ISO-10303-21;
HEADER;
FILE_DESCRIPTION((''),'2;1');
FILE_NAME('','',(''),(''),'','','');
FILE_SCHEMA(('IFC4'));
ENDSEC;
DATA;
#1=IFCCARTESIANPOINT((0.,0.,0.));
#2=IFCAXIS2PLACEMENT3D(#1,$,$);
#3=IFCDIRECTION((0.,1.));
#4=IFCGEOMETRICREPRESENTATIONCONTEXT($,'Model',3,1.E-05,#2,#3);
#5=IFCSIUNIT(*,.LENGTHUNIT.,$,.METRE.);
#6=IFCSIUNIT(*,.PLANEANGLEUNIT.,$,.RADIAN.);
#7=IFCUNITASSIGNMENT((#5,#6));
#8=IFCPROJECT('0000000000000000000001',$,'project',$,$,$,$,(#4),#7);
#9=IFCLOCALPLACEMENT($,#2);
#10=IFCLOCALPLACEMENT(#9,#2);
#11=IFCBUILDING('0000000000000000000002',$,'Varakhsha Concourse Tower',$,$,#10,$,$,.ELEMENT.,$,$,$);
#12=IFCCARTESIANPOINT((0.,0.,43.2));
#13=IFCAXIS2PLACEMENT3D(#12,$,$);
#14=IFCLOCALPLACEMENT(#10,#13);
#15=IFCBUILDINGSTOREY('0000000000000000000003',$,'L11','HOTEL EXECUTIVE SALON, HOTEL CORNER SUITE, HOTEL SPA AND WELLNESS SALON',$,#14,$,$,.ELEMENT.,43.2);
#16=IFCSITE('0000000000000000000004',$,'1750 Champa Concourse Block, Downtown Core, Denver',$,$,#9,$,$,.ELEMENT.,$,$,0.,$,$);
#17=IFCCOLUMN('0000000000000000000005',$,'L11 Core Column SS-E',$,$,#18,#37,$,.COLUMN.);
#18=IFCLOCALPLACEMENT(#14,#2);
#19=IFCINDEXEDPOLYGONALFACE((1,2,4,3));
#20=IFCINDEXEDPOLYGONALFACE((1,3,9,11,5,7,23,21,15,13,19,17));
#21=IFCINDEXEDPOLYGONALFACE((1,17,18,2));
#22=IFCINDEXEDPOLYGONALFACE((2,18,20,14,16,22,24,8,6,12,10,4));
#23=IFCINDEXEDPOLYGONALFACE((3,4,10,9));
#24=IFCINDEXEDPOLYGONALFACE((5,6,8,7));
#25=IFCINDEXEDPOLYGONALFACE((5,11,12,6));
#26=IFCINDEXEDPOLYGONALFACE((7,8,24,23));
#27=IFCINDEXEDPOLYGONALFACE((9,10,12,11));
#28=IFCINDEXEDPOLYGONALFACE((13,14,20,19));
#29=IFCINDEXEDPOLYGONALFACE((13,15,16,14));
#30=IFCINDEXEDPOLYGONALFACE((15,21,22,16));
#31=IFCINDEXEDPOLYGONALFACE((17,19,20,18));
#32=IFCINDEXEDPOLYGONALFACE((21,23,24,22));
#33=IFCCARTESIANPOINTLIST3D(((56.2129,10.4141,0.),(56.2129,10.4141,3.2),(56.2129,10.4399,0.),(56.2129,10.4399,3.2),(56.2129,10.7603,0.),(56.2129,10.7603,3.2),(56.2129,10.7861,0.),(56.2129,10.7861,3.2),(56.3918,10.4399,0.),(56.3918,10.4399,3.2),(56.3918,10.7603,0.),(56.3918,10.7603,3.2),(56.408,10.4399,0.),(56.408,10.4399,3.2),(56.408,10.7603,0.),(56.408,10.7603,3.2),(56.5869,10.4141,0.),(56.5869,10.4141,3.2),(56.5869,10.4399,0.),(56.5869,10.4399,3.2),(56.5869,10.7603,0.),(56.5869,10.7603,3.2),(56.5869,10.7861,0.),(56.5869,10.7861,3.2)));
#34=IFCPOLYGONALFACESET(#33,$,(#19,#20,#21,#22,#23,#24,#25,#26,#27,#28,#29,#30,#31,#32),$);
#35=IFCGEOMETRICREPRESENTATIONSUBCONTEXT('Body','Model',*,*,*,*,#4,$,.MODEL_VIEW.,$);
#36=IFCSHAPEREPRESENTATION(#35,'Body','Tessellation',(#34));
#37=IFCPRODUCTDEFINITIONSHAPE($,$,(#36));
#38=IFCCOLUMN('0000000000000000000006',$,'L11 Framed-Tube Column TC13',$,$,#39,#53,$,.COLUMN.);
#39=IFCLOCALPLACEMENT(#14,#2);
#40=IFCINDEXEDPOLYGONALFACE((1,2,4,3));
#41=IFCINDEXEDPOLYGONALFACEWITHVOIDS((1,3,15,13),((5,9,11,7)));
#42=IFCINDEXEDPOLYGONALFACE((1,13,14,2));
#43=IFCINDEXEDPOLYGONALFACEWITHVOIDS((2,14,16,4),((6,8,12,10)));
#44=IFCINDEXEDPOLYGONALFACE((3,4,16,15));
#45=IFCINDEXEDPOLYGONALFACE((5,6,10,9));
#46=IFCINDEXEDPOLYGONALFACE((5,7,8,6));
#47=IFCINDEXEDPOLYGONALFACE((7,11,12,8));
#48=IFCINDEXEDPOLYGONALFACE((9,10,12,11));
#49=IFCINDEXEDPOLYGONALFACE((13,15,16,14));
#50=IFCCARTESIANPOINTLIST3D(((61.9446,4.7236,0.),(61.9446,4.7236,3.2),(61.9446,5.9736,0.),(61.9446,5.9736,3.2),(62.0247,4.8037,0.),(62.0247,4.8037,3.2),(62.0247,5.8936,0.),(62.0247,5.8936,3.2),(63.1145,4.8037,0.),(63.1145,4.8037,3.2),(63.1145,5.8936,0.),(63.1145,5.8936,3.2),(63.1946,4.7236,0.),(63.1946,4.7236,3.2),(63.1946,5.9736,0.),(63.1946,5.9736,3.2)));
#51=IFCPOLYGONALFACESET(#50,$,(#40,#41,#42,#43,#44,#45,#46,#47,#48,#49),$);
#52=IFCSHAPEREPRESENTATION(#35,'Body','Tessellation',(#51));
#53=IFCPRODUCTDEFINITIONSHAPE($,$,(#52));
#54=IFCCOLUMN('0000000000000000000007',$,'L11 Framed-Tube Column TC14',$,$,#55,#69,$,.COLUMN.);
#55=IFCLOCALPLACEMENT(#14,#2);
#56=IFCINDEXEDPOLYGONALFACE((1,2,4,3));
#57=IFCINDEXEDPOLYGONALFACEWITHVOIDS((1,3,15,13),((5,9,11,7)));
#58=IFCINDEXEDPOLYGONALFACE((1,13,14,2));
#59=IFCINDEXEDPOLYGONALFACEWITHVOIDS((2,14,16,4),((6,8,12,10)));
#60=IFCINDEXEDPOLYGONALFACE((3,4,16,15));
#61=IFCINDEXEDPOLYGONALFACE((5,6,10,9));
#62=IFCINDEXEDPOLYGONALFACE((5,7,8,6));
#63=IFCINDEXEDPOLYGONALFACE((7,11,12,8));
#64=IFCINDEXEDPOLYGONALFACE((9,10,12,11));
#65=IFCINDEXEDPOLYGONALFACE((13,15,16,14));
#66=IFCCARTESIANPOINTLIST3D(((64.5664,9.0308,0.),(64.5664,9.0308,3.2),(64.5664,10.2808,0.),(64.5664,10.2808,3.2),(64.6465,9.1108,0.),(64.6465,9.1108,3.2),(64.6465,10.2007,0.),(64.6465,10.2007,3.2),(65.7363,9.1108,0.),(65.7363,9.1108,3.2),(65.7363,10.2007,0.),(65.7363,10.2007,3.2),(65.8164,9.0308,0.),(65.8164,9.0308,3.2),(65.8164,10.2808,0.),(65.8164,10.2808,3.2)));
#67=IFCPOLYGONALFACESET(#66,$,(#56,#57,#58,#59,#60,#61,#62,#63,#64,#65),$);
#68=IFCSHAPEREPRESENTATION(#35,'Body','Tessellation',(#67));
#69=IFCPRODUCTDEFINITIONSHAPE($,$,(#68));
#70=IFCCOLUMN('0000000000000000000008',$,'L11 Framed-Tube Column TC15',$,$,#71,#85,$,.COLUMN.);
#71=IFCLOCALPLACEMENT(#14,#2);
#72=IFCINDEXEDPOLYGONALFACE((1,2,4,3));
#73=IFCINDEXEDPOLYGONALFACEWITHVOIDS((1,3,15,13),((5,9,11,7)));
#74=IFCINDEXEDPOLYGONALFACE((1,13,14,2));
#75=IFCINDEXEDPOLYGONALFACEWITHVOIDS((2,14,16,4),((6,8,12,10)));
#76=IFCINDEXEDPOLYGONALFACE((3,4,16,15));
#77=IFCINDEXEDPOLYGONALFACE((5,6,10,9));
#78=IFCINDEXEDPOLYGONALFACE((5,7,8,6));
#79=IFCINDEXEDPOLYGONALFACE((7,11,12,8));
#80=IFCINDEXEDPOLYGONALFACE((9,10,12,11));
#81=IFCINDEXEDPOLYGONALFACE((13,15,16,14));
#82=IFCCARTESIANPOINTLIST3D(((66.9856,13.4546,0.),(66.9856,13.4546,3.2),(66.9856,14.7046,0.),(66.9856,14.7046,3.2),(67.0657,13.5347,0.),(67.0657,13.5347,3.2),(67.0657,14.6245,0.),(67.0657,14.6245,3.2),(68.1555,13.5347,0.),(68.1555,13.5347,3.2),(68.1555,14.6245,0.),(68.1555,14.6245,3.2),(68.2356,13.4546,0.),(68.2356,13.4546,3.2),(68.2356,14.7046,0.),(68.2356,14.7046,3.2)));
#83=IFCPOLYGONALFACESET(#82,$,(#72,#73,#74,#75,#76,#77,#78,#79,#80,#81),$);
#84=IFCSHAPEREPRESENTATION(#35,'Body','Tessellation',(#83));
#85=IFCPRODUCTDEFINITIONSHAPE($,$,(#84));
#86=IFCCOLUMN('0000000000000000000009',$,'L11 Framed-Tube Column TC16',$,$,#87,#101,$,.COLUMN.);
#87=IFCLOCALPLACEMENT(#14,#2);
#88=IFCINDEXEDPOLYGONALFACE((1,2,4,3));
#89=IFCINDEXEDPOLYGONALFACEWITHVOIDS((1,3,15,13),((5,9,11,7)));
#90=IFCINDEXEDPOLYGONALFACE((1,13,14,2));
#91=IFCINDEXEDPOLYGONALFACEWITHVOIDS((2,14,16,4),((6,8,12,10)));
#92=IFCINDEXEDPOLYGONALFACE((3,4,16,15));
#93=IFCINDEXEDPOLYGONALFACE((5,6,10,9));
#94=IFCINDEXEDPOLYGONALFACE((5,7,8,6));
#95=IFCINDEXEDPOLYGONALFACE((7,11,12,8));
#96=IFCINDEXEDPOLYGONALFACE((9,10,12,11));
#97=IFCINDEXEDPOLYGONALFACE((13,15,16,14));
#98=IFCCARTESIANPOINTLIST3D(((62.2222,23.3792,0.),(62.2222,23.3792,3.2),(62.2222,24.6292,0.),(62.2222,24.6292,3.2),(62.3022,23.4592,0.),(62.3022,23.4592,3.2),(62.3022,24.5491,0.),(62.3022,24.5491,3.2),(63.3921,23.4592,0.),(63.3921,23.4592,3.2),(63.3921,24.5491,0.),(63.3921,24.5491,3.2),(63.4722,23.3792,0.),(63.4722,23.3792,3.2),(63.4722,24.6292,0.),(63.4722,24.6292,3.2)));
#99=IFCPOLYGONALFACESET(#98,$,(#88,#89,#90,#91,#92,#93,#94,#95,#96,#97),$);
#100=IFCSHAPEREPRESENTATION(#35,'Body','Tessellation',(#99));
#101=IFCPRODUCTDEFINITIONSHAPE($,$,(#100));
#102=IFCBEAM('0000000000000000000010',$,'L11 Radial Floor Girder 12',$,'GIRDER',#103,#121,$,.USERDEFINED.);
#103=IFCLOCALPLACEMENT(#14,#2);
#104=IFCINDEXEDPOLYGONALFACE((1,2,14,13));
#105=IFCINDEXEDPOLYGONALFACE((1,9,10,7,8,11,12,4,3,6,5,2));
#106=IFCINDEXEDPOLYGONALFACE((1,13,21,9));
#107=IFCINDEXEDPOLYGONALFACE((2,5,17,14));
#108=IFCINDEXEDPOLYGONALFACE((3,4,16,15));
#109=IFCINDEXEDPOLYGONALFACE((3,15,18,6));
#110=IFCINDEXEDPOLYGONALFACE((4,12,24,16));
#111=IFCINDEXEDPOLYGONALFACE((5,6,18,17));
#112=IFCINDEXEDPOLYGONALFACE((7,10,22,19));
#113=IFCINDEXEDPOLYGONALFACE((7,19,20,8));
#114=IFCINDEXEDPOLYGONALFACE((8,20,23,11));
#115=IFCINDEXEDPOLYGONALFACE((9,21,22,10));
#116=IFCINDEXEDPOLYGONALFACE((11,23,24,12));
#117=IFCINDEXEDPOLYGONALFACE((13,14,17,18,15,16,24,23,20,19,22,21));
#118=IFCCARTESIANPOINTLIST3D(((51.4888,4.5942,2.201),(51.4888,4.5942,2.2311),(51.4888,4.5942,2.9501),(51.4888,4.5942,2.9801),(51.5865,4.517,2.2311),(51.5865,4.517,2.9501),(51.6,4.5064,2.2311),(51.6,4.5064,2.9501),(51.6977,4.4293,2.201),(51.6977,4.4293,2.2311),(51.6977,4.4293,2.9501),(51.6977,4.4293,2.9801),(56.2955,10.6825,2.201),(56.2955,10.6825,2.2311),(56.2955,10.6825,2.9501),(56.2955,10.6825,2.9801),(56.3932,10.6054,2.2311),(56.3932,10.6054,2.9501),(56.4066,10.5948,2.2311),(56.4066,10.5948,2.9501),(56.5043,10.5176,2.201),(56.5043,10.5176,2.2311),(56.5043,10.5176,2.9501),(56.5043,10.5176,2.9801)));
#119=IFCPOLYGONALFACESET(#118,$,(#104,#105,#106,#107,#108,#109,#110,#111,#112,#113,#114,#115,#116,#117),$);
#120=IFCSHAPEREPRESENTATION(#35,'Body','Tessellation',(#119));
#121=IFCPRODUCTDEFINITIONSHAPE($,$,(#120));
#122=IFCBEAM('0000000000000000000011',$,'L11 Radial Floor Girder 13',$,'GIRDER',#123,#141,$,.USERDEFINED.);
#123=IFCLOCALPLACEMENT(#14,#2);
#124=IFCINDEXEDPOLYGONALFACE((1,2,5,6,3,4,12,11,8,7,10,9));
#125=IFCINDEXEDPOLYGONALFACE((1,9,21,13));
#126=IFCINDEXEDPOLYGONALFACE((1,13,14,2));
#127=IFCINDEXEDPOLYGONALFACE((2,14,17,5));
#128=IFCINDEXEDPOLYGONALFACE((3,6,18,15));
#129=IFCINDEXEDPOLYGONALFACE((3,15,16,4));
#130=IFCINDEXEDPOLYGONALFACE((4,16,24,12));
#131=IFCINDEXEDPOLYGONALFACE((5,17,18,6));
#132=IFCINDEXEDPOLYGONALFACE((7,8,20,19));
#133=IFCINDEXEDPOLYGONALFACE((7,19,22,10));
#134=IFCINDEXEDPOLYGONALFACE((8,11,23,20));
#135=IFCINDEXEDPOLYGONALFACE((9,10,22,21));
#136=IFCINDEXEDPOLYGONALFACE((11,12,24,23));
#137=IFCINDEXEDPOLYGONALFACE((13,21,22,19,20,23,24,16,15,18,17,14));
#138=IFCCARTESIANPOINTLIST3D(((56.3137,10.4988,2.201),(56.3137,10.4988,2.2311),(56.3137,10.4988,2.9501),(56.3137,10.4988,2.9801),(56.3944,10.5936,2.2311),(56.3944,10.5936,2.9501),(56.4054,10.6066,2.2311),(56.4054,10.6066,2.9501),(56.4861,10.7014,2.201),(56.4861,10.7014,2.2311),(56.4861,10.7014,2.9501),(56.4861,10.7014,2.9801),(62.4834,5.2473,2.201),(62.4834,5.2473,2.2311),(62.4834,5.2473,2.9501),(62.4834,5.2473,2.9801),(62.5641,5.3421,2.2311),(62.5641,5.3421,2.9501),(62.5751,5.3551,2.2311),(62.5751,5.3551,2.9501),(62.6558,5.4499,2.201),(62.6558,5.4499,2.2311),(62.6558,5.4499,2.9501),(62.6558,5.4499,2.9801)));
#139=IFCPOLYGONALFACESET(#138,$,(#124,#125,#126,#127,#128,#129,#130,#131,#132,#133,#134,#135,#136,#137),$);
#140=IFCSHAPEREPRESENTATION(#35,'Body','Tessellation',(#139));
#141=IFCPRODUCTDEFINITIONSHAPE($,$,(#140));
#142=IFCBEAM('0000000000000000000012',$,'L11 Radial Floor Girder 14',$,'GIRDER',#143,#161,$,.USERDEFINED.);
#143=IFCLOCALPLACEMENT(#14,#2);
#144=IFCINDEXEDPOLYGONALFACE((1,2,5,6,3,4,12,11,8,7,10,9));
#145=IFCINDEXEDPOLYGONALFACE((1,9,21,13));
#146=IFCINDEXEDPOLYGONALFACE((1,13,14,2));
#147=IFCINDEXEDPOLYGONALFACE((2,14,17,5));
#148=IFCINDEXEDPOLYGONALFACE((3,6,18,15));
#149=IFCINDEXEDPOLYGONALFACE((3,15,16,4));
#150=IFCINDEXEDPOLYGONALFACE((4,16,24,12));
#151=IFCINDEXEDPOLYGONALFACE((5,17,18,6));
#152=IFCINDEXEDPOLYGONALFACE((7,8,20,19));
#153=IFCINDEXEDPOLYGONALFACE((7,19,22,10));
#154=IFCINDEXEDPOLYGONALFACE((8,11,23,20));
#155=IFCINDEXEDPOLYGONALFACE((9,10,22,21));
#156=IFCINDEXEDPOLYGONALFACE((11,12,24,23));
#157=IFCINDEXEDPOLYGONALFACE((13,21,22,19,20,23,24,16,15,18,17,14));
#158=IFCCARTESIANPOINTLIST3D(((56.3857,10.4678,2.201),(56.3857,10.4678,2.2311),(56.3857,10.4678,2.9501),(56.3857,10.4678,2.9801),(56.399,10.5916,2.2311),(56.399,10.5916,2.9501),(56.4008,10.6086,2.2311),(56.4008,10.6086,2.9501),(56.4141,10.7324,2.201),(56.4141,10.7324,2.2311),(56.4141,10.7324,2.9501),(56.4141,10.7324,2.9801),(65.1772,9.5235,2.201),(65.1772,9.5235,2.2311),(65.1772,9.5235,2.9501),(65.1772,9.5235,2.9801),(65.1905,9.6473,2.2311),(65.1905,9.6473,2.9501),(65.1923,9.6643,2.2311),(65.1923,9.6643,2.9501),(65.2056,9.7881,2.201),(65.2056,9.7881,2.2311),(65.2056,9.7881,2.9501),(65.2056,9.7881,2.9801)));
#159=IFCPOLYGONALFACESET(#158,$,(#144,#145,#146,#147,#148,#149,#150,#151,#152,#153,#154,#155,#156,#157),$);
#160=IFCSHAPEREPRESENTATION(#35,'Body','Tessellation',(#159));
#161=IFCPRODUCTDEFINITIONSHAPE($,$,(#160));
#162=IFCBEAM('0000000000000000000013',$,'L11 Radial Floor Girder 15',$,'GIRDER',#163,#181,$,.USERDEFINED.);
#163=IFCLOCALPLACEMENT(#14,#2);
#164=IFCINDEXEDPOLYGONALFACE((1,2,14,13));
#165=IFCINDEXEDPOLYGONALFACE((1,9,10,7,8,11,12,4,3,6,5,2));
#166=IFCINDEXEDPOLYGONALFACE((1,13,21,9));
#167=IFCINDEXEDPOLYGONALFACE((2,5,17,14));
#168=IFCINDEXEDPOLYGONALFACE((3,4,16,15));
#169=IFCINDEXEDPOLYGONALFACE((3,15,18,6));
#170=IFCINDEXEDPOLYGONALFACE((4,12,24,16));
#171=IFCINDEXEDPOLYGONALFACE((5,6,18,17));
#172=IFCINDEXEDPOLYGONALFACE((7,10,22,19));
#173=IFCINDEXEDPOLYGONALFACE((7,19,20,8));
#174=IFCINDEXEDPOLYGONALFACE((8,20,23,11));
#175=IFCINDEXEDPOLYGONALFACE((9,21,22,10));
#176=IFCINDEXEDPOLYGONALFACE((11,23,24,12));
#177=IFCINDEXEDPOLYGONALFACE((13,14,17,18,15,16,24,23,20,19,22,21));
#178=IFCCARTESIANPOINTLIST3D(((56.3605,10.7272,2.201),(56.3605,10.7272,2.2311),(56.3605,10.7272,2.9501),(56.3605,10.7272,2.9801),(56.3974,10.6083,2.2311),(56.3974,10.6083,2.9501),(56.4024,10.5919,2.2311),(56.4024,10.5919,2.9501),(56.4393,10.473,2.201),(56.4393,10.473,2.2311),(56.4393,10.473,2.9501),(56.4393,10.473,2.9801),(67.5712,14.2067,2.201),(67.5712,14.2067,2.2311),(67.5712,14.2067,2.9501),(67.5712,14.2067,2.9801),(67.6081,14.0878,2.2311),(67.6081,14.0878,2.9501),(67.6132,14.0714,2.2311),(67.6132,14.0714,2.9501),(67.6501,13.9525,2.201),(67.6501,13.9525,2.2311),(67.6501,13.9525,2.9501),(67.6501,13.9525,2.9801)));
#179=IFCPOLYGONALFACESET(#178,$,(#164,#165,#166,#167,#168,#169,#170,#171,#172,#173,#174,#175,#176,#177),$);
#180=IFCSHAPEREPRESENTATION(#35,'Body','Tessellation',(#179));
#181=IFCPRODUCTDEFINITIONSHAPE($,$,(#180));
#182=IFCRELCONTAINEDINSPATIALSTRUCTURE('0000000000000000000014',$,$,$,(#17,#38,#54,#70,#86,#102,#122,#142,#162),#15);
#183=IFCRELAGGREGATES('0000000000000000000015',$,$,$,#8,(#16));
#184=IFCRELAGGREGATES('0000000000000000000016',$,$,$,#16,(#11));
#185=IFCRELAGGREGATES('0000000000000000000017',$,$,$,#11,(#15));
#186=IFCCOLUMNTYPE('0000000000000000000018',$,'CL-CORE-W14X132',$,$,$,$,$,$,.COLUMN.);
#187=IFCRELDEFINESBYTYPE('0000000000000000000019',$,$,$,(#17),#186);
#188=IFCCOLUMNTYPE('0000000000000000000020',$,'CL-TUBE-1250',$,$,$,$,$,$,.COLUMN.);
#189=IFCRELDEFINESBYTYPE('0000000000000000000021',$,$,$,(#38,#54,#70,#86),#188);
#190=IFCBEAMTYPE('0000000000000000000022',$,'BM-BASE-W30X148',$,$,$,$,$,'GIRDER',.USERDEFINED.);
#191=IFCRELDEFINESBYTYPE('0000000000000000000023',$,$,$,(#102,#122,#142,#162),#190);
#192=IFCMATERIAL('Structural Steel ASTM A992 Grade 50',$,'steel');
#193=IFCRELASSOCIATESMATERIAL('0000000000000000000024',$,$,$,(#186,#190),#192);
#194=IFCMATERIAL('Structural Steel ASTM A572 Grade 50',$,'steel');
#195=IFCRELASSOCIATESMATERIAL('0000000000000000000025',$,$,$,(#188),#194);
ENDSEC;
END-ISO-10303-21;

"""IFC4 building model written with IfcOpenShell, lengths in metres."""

from ifc_helpers import new_model, si_unit, direction, frame, origin, origin_2d, place, context, subcontext, project, spatial, hollow_rectangle, i_section, extrude, material, material_profile, profile_set, type_object, element, save


model = new_model("IFC4")

# Units and contexts
model_context = context("Model", 3, precision=1e-05, world=origin(), true_north=direction((0.0, 1.0)))
body_context = subcontext(model_context, "Body", "Model", "MODEL_VIEW")
ifc_project = project(units=[si_unit("LENGTHUNIT", "METRE"), si_unit("PLANEANGLEUNIT", "RADIAN")], contexts=[model_context])

# Site, building, storey
site_placement = place(None, origin())
site = spatial("IfcSite", under=ifc_project, at=site_placement, Name="1750 Champa Concourse Block, Downtown Core, Denver", CompositionType="ELEMENT", RefElevation=0.0)
building_placement = place(site_placement, origin())
building = spatial("IfcBuilding", under=site, at=building_placement, Name="Varakhsha Concourse Tower", CompositionType="ELEMENT")
storey_placement = place(building_placement, frame((0.0, 0.0, 43.2)))
storey = spatial("IfcBuildingStorey", under=building, at=storey_placement, Name="L11", Description="HOTEL EXECUTIVE SALON, HOTEL CORNER SUITE, HOTEL SPA AND WELLNESS SALON", CompositionType="ELEMENT", Elevation=43.2)

# Columns
ifc_material_1 = material(Name="Structural Steel ASTM A992 Grade 50", Category="steel")
ifc_material_profile_1 = material_profile(ifc_material_1, i_section(OverallWidth=0.374, OverallDepth=0.3721, WebThickness=0.0161, FlangeThickness=0.0259, at=origin_2d()), Name="W14X132")
ifc_profile_set_1 = profile_set([ifc_material_profile_1], Name="Structural Steel ASTM A992 Grade 50")
column_type_1 = type_object("IfcColumnType", Name="CL-CORE-W14X132", PredefinedType="COLUMN", material=ifc_profile_set_1)
column_placement = place(storey_placement, frame((56.3999, 10.6001, 0.0), z_axis=(0.0, 0.0, 1.0), x_axis=(1.0, 0.0, 0.0)))
element("IfcColumn", 1, at=column_placement, inside=storey, type_object=column_type_1, Name="L11 Core Column SS-E", PredefinedType="COLUMN", context=body_context, shape_type="SweptSolid", body=[
    extrude(i_section(OverallWidth=0.374, OverallDepth=0.3721, WebThickness=0.0161, FlangeThickness=0.0259, at=origin_2d()), origin(), (0.0, 0.0, 1.0), 3.2),
])
ifc_material_2 = material(Name="Structural Steel ASTM A572 Grade 50", Category="steel")
ifc_material_profile_2 = material_profile(ifc_material_2, hollow_rectangle(XDim=1.25, YDim=1.25, WallThickness=0.0801, at=origin_2d()), Name="BOX 1250x1250x80")
ifc_profile_set_2 = profile_set([ifc_material_profile_2], Name="Structural Steel ASTM A572 Grade 50")
column_type_2 = type_object("IfcColumnType", Name="CL-TUBE-1250", PredefinedType="COLUMN", material=ifc_profile_set_2)
for number, where, z_axis, x_axis, name in (
    (2, (62.5696, 5.3486, 0.0), (0.0, 0.0, 1.0), (1.0, 0.0, 0.0), "L11 Framed-Tube Column TC13"),
    (3, (65.1914, 9.6558, 0.0), (0.0, 0.0, 1.0), (1.0, 0.0, 0.0), "L11 Framed-Tube Column TC14"),
    (4, (67.6106, 14.0796, 0.0), (0.0, 0.0, 1.0), (1.0, 0.0, 0.0), "L11 Framed-Tube Column TC15"),
    (5, (62.8472, 24.0042, 0.0), (0.0, 0.0, 1.0), (1.0, 0.0, 0.0), "L11 Framed-Tube Column TC16"),
):
    element("IfcColumn", number, at=place(storey_placement, frame(where, z_axis=z_axis, x_axis=x_axis)), inside=storey, type_object=column_type_2, Name=name, PredefinedType="COLUMN", context=body_context, shape_type="SweptSolid", body=[
        extrude(hollow_rectangle(XDim=1.25, YDim=1.25, WallThickness=0.0801, at=origin_2d()), origin(), (0.0, 0.0, 1.0), 3.2),
    ])

# Beams
ifc_material_profile_3 = material_profile(ifc_material_1, i_section(OverallWidth=0.2661, OverallDepth=0.7791, WebThickness=0.0171, FlangeThickness=0.03, at=origin_2d()), Name="W30X148")
ifc_profile_set_3 = profile_set([ifc_material_profile_3], Name="Structural Steel ASTM A992 Grade 50")
beam_type_1 = type_object("IfcBeamType", Name="BM-BASE-W30X148", ElementType="GIRDER", PredefinedType="USERDEFINED", material=ifc_profile_set_3)
beam_1_placement = place(storey_placement, frame((56.3999, 10.6001, 2.5906), z_axis=(-0.619646, -0.784881, 0.0), x_axis=(0.784881, -0.619646, 0.0)))
element("IfcBeam", 6, at=beam_1_placement, inside=storey, type_object=beam_type_1, Name="L11 Radial Floor Girder 12", ObjectType="GIRDER", PredefinedType="USERDEFINED", context=body_context, shape_type="SweptSolid", body=[
    extrude(i_section(OverallWidth=0.2661, OverallDepth=0.7791, WebThickness=0.0171, FlangeThickness=0.03, at=origin_2d()), origin(), (0.0, 0.0, 1.0), 7.7571),
])
beam_2_placement = place(storey_placement, frame((56.3999, 10.6001, 2.5906), z_axis=(0.761498, -0.648167, 0.0), x_axis=(0.648167, 0.761498, 0.0)))
element("IfcBeam", 7, at=beam_2_placement, inside=storey, type_object=beam_type_1, Name="L11 Radial Floor Girder 13", ObjectType="GIRDER", PredefinedType="USERDEFINED", context=body_context, shape_type="SweptSolid", body=[
    extrude(i_section(OverallWidth=0.2661, OverallDepth=0.7791, WebThickness=0.0171, FlangeThickness=0.03, at=origin_2d()), origin(), (0.0, 0.0, 1.0), 8.1021),
])
beam_3_placement = place(storey_placement, frame((56.3999, 10.6001, 2.5906), z_axis=(0.99428, -0.1068, 0.0), x_axis=(0.1068, 0.99428, 0.0)))
element("IfcBeam", 8, at=beam_3_placement, inside=storey, type_object=beam_type_1, Name="L11 Radial Floor Girder 14", ObjectType="GIRDER", PredefinedType="USERDEFINED", context=body_context, shape_type="SweptSolid", body=[
    extrude(i_section(OverallWidth=0.2661, OverallDepth=0.7791, WebThickness=0.0171, FlangeThickness=0.03, at=origin_2d()), origin(), (0.0, 0.0, 1.0), 8.842),
])
beam_4_placement = place(storey_placement, frame((56.3999, 10.6001, 2.5906), z_axis=(0.955057, 0.296423, 0.0), x_axis=(-0.296423, 0.955057, 0.0)))
element("IfcBeam", 9, at=beam_4_placement, inside=storey, type_object=beam_type_1, Name="L11 Radial Floor Girder 15", ObjectType="GIRDER", PredefinedType="USERDEFINED", context=body_context, shape_type="SweptSolid", body=[
    extrude(i_section(OverallWidth=0.2661, OverallDepth=0.7791, WebThickness=0.0171, FlangeThickness=0.03, at=origin_2d()), origin(), (0.0, 0.0, 1.0), 11.7383),
])

save(model, "model.ifc")
